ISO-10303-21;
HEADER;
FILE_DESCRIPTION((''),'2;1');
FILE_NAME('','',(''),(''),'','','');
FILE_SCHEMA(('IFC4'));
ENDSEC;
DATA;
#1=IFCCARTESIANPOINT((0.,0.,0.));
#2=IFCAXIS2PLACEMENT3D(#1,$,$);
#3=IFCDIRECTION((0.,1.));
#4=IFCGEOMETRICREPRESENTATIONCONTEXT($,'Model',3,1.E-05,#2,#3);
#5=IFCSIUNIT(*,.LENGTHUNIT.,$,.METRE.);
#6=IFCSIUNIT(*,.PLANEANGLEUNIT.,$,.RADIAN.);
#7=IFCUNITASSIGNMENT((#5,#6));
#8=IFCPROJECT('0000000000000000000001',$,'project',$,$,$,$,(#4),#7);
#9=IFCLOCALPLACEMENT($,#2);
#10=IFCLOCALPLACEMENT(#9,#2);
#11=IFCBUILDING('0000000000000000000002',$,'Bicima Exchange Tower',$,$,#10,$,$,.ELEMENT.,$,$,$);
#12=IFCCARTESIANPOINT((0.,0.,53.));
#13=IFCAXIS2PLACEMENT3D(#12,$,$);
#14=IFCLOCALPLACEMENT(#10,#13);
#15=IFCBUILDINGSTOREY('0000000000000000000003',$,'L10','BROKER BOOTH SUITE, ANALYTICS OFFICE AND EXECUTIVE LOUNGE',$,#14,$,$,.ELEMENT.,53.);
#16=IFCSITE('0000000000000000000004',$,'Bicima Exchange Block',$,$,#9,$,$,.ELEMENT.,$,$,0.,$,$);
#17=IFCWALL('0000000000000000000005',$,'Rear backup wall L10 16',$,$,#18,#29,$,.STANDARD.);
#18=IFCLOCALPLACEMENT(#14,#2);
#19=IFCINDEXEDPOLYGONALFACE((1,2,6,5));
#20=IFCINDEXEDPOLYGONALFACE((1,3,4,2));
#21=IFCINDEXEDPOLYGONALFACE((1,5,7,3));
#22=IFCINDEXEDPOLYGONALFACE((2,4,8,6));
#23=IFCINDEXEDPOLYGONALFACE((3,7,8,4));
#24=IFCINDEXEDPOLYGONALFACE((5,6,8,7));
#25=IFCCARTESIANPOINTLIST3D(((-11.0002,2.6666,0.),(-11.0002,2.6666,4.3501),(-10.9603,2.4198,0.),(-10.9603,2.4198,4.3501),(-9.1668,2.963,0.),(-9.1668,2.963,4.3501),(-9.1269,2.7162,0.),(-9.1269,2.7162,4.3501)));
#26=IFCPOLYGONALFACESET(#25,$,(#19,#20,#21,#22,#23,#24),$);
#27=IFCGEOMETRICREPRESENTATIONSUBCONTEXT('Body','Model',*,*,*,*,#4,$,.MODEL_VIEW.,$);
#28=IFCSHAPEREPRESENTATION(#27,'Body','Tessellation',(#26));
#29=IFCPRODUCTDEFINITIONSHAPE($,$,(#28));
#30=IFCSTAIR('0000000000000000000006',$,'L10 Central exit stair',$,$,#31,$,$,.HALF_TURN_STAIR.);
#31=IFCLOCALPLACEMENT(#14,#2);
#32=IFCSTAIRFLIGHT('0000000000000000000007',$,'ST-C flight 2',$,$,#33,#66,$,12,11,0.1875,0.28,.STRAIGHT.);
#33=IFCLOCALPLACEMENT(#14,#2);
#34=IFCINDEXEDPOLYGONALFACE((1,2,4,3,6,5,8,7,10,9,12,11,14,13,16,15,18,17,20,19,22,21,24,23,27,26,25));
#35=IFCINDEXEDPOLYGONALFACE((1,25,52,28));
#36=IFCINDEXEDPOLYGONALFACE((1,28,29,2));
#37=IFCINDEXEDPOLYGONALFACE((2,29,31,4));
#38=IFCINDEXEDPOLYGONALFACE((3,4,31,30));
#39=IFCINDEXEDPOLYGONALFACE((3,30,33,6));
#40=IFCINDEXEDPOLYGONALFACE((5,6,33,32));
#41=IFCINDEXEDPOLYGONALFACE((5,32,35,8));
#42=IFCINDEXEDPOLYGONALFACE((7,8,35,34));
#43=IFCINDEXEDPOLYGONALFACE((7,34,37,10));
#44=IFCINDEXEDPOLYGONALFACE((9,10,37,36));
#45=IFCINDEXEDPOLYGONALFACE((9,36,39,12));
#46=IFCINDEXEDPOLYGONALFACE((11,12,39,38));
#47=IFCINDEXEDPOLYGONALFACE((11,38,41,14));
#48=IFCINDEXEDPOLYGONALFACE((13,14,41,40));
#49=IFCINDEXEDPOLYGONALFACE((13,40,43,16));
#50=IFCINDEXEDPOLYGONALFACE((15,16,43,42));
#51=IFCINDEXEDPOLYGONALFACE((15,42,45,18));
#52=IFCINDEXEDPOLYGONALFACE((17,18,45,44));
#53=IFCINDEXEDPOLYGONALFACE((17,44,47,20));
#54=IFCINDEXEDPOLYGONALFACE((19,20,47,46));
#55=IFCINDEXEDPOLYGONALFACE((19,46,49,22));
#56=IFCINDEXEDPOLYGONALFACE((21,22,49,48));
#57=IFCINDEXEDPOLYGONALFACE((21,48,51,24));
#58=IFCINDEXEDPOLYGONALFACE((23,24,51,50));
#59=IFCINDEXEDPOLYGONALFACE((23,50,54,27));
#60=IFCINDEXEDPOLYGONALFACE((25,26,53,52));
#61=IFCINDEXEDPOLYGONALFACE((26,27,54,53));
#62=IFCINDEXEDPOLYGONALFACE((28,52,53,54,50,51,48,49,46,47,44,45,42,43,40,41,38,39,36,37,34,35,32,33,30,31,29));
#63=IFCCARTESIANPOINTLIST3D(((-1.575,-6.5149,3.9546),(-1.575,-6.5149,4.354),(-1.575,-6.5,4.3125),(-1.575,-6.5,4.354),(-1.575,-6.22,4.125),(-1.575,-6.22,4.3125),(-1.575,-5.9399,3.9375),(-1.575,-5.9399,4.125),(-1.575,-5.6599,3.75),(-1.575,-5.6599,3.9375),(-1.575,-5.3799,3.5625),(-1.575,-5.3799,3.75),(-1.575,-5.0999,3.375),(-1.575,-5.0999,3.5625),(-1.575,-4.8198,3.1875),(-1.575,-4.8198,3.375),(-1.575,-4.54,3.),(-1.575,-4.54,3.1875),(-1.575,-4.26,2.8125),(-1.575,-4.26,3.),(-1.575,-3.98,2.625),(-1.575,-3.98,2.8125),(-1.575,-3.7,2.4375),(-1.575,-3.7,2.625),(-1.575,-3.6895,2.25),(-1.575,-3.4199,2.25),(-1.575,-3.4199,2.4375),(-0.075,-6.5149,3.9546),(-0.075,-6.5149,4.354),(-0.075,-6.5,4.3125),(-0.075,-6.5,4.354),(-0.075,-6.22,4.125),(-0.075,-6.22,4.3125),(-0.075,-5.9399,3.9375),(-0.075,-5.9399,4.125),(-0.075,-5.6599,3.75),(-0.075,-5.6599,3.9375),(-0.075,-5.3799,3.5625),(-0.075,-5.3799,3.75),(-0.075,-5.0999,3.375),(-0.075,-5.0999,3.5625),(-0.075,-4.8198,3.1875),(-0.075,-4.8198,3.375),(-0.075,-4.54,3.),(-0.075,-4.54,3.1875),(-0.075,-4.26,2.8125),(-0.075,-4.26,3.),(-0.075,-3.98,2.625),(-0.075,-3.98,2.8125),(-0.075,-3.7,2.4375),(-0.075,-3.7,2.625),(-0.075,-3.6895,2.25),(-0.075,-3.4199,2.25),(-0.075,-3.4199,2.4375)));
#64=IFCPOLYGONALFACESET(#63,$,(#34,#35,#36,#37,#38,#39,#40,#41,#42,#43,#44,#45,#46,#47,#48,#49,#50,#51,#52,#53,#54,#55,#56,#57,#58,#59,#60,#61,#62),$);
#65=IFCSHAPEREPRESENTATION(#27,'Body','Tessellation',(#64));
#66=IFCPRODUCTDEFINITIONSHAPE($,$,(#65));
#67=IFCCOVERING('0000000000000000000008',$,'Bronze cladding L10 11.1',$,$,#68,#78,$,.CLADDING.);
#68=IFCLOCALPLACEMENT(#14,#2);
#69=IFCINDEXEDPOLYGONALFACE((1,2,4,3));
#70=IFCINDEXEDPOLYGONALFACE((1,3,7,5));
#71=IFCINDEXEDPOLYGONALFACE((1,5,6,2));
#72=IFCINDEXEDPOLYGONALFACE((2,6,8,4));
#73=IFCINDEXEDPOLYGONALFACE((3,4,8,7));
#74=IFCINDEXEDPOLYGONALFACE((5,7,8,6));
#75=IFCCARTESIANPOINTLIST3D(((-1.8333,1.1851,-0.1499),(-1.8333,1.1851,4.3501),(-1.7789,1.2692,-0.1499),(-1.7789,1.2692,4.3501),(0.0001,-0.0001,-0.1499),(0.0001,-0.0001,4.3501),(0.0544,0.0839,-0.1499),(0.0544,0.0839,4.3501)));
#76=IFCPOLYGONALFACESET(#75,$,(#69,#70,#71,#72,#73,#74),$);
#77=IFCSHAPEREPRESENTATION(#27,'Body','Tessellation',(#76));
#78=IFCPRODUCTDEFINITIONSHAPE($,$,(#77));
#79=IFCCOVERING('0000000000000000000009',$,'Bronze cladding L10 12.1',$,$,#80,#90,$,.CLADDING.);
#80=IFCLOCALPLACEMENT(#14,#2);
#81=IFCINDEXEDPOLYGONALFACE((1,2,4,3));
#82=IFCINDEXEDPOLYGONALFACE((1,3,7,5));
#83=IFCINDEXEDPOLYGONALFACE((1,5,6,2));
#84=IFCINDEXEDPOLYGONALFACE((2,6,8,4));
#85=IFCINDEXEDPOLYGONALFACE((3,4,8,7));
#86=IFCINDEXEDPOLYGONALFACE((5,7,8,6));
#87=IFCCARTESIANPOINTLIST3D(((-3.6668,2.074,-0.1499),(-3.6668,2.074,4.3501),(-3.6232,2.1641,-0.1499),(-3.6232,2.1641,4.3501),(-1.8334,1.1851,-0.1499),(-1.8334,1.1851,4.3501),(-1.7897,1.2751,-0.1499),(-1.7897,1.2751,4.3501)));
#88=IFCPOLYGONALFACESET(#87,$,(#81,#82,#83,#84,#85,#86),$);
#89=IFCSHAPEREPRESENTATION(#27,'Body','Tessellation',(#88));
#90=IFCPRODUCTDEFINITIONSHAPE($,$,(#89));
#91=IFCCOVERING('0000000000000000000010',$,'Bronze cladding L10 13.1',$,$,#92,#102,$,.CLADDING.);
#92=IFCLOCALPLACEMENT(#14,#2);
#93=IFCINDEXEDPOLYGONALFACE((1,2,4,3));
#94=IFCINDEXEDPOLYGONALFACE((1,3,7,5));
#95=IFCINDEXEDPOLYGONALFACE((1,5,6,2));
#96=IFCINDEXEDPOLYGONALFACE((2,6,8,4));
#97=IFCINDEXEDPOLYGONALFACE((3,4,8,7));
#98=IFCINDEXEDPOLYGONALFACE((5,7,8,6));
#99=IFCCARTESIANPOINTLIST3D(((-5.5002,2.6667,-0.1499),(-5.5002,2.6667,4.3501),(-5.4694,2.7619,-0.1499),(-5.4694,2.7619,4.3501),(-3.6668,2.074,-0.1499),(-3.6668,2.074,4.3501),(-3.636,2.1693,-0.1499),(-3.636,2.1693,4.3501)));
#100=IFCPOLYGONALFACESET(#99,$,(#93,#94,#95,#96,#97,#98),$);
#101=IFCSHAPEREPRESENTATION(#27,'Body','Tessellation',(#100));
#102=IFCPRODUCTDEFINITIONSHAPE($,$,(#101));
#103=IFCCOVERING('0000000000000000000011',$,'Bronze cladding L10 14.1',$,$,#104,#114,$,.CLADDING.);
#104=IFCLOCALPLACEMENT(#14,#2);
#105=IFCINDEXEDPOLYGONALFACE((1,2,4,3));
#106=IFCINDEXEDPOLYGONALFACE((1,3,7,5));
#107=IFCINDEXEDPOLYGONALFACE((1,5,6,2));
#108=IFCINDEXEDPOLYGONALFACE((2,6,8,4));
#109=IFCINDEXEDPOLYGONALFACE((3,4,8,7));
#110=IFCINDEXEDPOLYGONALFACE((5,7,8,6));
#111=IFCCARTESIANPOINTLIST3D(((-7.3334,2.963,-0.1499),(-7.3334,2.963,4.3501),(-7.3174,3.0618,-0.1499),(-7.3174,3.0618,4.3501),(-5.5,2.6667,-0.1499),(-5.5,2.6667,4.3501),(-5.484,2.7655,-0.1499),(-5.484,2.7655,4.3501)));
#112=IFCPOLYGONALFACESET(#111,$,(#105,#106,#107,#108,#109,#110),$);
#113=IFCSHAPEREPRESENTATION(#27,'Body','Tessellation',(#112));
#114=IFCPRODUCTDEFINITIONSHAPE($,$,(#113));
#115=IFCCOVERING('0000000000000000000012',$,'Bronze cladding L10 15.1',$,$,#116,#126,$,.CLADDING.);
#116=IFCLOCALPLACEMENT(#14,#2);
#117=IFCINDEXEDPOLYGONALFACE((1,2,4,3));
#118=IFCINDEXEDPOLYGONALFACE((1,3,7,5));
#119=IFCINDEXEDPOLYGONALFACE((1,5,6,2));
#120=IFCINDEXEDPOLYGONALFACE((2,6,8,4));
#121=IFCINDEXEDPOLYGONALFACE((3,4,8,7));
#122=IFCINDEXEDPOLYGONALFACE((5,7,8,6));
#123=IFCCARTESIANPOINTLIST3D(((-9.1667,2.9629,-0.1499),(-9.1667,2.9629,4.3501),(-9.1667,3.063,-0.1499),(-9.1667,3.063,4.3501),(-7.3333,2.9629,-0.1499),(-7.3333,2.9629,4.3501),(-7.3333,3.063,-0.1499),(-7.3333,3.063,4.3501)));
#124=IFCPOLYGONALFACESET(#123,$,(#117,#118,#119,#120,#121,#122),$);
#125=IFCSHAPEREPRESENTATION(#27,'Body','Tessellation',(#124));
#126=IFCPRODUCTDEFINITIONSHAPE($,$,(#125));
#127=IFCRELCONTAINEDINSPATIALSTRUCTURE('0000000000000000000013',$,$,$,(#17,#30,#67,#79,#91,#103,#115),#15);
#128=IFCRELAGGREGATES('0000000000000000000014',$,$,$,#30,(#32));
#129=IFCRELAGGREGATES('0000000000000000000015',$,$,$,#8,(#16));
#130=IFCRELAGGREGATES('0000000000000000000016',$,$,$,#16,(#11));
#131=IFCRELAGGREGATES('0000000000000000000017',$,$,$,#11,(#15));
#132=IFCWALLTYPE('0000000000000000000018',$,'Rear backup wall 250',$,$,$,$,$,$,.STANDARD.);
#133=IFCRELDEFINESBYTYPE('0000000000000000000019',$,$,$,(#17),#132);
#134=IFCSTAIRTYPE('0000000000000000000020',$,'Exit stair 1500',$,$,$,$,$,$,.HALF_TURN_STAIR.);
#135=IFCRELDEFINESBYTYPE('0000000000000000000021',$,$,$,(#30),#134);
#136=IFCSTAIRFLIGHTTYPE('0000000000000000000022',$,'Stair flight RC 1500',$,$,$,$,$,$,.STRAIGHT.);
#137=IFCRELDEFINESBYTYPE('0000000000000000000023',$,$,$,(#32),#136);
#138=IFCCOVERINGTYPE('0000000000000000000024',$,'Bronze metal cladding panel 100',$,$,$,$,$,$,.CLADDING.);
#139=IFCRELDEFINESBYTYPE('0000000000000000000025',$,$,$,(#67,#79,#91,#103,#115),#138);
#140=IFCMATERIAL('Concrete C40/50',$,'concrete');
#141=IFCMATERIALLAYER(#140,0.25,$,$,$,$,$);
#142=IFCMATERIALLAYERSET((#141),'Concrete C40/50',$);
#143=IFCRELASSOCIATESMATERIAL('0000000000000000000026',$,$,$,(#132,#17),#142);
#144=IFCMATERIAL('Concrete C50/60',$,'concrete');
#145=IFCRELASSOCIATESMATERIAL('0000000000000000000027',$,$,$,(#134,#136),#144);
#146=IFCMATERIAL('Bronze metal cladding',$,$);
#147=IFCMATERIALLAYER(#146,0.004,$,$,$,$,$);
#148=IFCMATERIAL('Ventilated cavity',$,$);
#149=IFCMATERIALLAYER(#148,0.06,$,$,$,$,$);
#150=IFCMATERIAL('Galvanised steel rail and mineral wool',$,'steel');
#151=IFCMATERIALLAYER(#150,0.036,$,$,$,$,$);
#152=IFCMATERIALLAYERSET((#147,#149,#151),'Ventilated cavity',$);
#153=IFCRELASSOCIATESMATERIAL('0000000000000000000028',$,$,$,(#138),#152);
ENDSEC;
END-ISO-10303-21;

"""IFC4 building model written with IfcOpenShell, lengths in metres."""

from ifc_helpers import new_model, si_unit, direction, frame, frame_2d, origin, origin_2d, place, context, subcontext, project, spatial, polyline, rectangle, outline, extrude, material, layer, layer_set, layer_usage, type_object, element, aggregate, save


model = new_model("IFC4")

# Units and contexts
model_context = context("Model", 3, precision=1e-05, world=origin(), true_north=direction((0.0, 1.0)))
body_context = subcontext(model_context, "Body", "Model", "MODEL_VIEW")
ifc_project = project(units=[si_unit("LENGTHUNIT", "METRE"), si_unit("PLANEANGLEUNIT", "RADIAN")], contexts=[model_context])

# Site, building, storey
site_placement = place(None, origin())
site = spatial("IfcSite", under=ifc_project, at=site_placement, Name="Bicima Exchange Block", CompositionType="ELEMENT", RefElevation=0.0)
building_placement = place(site_placement, origin())
building = spatial("IfcBuilding", under=site, at=building_placement, Name="Bicima Exchange Tower", CompositionType="ELEMENT")
storey_placement = place(building_placement, frame((0.0, 0.0, 53.0)))
storey = spatial("IfcBuildingStorey", under=building, at=storey_placement, Name="L10", Description="BROKER BOOTH SUITE, ANALYTICS OFFICE AND EXECUTIVE LOUNGE", CompositionType="ELEMENT", Elevation=53.0)

# Shared definitions
ifc_material_1 = material(Name="Concrete C40/50", Category="concrete")

# Shared definitions
ifc_material_2 = material(Name="Concrete C50/60", Category="concrete")

# Wall
ifc_layer_1 = layer(ifc_material_1, 0.25)
ifc_layer_set_1 = layer_set([ifc_layer_1], Name="Concrete C40/50")
ifc_layer_usage = layer_usage(ifc_layer_set_1, "AXIS2", "POSITIVE", -0.125)
wall_type_1 = type_object("IfcWallType", Name="Rear backup wall 250", PredefinedType="STANDARD", material=ifc_layer_set_1)
wall_1_placement = place(storey_placement, frame((-9.1467, 2.8396, 0.0), z_axis=(0.0, 0.0, 1.0), x_axis=(-0.987182, -0.1596, 0.0)))
element("IfcWall", 1, at=wall_1_placement, inside=storey, type_object=wall_type_1, material=ifc_layer_usage, Name="Rear backup wall L10 16", PredefinedType="STANDARD", context=body_context, shape_type="SweptSolid", body=[
    extrude(rectangle(XDim=1.8572, YDim=0.25, at=frame_2d((0.9287, 0.0))), origin(), (0.0, 0.0, 1.0), 4.3501),
])

# Stair, stair flight
stair_type = type_object("IfcStairType", Name="Exit stair 1500", PredefinedType="HALF_TURN_STAIR", material=ifc_material_2)
stair_placement = place(storey_placement, origin())
stair = element("IfcStair", 2, at=stair_placement, inside=storey, type_object=stair_type, Name="L10 Central exit stair", PredefinedType="HALF_TURN_STAIR")
stair_flight_type = type_object("IfcStairFlightType", Name="Stair flight RC 1500", PredefinedType="STRAIGHT", material=ifc_material_2)
stair_flight_placement = place(storey_placement, frame((-0.825, -3.4199, 2.25), z_axis=(0.0, 0.0, 1.0), x_axis=(0.0, -1.0, 0.0)))
stair_flight = element("IfcStairFlight", 3, at=stair_flight_placement, type_object=stair_flight_type, Name="ST-C flight 2", NumberOfRisers=12, NumberOfTreads=11, PredefinedType="STRAIGHT", RiserHeight=0.1875, TreadLength=0.28, context=body_context, shape_type="SweptSolid", body=[
    extrude(outline(polyline([(0.0, 0.0), (0.0, 0.1875), (0.28, 0.1875), (0.28, 0.375), (0.5601, 0.375), (0.5601, 0.5625), (0.8401, 0.5625), (0.8401, 0.75), (1.1201, 0.75), (1.1201, 0.9375), (1.3999, 0.9375), (1.3999, 1.125), (1.6799, 1.125), (1.6799, 1.3125), (1.96, 1.3125), (1.96, 1.5), (2.24, 1.5), (2.24, 1.6875), (2.52, 1.6875), (2.52, 1.875), (2.8, 1.875), (2.8, 2.0625), (3.0801, 2.0625), (3.0801, 2.104), (3.095, 2.104), (3.095, 1.7046), (0.2695, 0.0), (0.0, 0.0)])), frame((0.0, 0.75, 0.0), z_axis=(0.0, -1.0, 0.0), x_axis=(1.0, 0.0, 0.0)), (0.0, 0.0, 1.0), 1.5),
])
aggregate(stair, [stair_flight])

# Coverings
ifc_material_3 = material(Name="Bronze metal cladding")
ifc_layer_2 = layer(ifc_material_3, 0.004)
ifc_material_4 = material(Name="Ventilated cavity")
ifc_layer_3 = layer(ifc_material_4, 0.06)
ifc_material_5 = material(Name="Galvanised steel rail and mineral wool", Category="steel")
ifc_layer_4 = layer(ifc_material_5, 0.036)
ifc_layer_set_2 = layer_set([ifc_layer_2, ifc_layer_3, ifc_layer_4], Name="Ventilated cavity")
covering_type = type_object("IfcCoveringType", Name="Bronze metal cladding panel 100", PredefinedType="CLADDING", material=ifc_layer_set_2)
covering_1_placement = place(storey_placement, frame((-0.8894, 0.6345, -0.1499), z_axis=(0.0, 0.0, 1.0), x_axis=(-0.83979, 0.542911, 0.0)))
element("IfcCovering", 4, at=covering_1_placement, inside=storey, type_object=covering_type, Name="Bronze cladding L10 11.1", PredefinedType="CLADDING", context=body_context, shape_type="SweptSolid", body=[
    extrude(rectangle(XDim=2.1831, YDim=0.1001, at=origin_2d()), origin(), (0.0, 0.0, 1.0), 4.5),
])
covering_2_placement = place(storey_placement, frame((-2.7283, 1.6746, -0.1499), z_axis=(0.0, 0.0, 1.0), x_axis=(-0.899818, 0.436265, 0.0)))
element("IfcCovering", 5, at=covering_2_placement, inside=storey, type_object=covering_type, Name="Bronze cladding L10 12.1", PredefinedType="CLADDING", context=body_context, shape_type="SweptSolid", body=[
    extrude(rectangle(XDim=2.0376, YDim=0.1001, at=origin_2d()), origin(), (0.0, 0.0, 1.0), 4.5),
])
covering_3_placement = place(storey_placement, frame((-4.5681, 2.418, -0.1499), z_axis=(0.0, 0.0, 1.0), x_axis=(-0.951525, 0.307573, 0.0)))
element("IfcCovering", 6, at=covering_3_placement, inside=storey, type_object=covering_type, Name="Bronze cladding L10 13.1", PredefinedType="CLADDING", context=body_context, shape_type="SweptSolid", body=[
    extrude(rectangle(XDim=1.9268, YDim=0.1001, at=origin_2d()), origin(), (0.0, 0.0, 1.0), 4.5),
])
covering_4_placement = place(storey_placement, frame((-6.4087, 2.8643, -0.1499), z_axis=(0.0, 0.0, 1.0), x_axis=(-0.98719, 0.15955, 0.0)))
element("IfcCovering", 7, at=covering_4_placement, inside=storey, type_object=covering_type, Name="Bronze cladding L10 14.1", PredefinedType="CLADDING", context=body_context, shape_type="SweptSolid", body=[
    extrude(rectangle(XDim=1.8572, YDim=0.1001, at=origin_2d()), origin(), (0.0, 0.0, 1.0), 4.5),
])
covering_5_placement = place(storey_placement, frame((-8.25, 3.0129, -0.1499), z_axis=(0.0, 0.0, 1.0), x_axis=(-1.0, 0.0, 0.0)))
element("IfcCovering", 8, at=covering_5_placement, inside=storey, type_object=covering_type, Name="Bronze cladding L10 15.1", PredefinedType="CLADDING", context=body_context, shape_type="SweptSolid", body=[
    extrude(rectangle(XDim=1.8335, YDim=0.1001, at=origin_2d()), origin(), (0.0, 0.0, 1.0), 4.5),
])

save(model, "model.ifc")
